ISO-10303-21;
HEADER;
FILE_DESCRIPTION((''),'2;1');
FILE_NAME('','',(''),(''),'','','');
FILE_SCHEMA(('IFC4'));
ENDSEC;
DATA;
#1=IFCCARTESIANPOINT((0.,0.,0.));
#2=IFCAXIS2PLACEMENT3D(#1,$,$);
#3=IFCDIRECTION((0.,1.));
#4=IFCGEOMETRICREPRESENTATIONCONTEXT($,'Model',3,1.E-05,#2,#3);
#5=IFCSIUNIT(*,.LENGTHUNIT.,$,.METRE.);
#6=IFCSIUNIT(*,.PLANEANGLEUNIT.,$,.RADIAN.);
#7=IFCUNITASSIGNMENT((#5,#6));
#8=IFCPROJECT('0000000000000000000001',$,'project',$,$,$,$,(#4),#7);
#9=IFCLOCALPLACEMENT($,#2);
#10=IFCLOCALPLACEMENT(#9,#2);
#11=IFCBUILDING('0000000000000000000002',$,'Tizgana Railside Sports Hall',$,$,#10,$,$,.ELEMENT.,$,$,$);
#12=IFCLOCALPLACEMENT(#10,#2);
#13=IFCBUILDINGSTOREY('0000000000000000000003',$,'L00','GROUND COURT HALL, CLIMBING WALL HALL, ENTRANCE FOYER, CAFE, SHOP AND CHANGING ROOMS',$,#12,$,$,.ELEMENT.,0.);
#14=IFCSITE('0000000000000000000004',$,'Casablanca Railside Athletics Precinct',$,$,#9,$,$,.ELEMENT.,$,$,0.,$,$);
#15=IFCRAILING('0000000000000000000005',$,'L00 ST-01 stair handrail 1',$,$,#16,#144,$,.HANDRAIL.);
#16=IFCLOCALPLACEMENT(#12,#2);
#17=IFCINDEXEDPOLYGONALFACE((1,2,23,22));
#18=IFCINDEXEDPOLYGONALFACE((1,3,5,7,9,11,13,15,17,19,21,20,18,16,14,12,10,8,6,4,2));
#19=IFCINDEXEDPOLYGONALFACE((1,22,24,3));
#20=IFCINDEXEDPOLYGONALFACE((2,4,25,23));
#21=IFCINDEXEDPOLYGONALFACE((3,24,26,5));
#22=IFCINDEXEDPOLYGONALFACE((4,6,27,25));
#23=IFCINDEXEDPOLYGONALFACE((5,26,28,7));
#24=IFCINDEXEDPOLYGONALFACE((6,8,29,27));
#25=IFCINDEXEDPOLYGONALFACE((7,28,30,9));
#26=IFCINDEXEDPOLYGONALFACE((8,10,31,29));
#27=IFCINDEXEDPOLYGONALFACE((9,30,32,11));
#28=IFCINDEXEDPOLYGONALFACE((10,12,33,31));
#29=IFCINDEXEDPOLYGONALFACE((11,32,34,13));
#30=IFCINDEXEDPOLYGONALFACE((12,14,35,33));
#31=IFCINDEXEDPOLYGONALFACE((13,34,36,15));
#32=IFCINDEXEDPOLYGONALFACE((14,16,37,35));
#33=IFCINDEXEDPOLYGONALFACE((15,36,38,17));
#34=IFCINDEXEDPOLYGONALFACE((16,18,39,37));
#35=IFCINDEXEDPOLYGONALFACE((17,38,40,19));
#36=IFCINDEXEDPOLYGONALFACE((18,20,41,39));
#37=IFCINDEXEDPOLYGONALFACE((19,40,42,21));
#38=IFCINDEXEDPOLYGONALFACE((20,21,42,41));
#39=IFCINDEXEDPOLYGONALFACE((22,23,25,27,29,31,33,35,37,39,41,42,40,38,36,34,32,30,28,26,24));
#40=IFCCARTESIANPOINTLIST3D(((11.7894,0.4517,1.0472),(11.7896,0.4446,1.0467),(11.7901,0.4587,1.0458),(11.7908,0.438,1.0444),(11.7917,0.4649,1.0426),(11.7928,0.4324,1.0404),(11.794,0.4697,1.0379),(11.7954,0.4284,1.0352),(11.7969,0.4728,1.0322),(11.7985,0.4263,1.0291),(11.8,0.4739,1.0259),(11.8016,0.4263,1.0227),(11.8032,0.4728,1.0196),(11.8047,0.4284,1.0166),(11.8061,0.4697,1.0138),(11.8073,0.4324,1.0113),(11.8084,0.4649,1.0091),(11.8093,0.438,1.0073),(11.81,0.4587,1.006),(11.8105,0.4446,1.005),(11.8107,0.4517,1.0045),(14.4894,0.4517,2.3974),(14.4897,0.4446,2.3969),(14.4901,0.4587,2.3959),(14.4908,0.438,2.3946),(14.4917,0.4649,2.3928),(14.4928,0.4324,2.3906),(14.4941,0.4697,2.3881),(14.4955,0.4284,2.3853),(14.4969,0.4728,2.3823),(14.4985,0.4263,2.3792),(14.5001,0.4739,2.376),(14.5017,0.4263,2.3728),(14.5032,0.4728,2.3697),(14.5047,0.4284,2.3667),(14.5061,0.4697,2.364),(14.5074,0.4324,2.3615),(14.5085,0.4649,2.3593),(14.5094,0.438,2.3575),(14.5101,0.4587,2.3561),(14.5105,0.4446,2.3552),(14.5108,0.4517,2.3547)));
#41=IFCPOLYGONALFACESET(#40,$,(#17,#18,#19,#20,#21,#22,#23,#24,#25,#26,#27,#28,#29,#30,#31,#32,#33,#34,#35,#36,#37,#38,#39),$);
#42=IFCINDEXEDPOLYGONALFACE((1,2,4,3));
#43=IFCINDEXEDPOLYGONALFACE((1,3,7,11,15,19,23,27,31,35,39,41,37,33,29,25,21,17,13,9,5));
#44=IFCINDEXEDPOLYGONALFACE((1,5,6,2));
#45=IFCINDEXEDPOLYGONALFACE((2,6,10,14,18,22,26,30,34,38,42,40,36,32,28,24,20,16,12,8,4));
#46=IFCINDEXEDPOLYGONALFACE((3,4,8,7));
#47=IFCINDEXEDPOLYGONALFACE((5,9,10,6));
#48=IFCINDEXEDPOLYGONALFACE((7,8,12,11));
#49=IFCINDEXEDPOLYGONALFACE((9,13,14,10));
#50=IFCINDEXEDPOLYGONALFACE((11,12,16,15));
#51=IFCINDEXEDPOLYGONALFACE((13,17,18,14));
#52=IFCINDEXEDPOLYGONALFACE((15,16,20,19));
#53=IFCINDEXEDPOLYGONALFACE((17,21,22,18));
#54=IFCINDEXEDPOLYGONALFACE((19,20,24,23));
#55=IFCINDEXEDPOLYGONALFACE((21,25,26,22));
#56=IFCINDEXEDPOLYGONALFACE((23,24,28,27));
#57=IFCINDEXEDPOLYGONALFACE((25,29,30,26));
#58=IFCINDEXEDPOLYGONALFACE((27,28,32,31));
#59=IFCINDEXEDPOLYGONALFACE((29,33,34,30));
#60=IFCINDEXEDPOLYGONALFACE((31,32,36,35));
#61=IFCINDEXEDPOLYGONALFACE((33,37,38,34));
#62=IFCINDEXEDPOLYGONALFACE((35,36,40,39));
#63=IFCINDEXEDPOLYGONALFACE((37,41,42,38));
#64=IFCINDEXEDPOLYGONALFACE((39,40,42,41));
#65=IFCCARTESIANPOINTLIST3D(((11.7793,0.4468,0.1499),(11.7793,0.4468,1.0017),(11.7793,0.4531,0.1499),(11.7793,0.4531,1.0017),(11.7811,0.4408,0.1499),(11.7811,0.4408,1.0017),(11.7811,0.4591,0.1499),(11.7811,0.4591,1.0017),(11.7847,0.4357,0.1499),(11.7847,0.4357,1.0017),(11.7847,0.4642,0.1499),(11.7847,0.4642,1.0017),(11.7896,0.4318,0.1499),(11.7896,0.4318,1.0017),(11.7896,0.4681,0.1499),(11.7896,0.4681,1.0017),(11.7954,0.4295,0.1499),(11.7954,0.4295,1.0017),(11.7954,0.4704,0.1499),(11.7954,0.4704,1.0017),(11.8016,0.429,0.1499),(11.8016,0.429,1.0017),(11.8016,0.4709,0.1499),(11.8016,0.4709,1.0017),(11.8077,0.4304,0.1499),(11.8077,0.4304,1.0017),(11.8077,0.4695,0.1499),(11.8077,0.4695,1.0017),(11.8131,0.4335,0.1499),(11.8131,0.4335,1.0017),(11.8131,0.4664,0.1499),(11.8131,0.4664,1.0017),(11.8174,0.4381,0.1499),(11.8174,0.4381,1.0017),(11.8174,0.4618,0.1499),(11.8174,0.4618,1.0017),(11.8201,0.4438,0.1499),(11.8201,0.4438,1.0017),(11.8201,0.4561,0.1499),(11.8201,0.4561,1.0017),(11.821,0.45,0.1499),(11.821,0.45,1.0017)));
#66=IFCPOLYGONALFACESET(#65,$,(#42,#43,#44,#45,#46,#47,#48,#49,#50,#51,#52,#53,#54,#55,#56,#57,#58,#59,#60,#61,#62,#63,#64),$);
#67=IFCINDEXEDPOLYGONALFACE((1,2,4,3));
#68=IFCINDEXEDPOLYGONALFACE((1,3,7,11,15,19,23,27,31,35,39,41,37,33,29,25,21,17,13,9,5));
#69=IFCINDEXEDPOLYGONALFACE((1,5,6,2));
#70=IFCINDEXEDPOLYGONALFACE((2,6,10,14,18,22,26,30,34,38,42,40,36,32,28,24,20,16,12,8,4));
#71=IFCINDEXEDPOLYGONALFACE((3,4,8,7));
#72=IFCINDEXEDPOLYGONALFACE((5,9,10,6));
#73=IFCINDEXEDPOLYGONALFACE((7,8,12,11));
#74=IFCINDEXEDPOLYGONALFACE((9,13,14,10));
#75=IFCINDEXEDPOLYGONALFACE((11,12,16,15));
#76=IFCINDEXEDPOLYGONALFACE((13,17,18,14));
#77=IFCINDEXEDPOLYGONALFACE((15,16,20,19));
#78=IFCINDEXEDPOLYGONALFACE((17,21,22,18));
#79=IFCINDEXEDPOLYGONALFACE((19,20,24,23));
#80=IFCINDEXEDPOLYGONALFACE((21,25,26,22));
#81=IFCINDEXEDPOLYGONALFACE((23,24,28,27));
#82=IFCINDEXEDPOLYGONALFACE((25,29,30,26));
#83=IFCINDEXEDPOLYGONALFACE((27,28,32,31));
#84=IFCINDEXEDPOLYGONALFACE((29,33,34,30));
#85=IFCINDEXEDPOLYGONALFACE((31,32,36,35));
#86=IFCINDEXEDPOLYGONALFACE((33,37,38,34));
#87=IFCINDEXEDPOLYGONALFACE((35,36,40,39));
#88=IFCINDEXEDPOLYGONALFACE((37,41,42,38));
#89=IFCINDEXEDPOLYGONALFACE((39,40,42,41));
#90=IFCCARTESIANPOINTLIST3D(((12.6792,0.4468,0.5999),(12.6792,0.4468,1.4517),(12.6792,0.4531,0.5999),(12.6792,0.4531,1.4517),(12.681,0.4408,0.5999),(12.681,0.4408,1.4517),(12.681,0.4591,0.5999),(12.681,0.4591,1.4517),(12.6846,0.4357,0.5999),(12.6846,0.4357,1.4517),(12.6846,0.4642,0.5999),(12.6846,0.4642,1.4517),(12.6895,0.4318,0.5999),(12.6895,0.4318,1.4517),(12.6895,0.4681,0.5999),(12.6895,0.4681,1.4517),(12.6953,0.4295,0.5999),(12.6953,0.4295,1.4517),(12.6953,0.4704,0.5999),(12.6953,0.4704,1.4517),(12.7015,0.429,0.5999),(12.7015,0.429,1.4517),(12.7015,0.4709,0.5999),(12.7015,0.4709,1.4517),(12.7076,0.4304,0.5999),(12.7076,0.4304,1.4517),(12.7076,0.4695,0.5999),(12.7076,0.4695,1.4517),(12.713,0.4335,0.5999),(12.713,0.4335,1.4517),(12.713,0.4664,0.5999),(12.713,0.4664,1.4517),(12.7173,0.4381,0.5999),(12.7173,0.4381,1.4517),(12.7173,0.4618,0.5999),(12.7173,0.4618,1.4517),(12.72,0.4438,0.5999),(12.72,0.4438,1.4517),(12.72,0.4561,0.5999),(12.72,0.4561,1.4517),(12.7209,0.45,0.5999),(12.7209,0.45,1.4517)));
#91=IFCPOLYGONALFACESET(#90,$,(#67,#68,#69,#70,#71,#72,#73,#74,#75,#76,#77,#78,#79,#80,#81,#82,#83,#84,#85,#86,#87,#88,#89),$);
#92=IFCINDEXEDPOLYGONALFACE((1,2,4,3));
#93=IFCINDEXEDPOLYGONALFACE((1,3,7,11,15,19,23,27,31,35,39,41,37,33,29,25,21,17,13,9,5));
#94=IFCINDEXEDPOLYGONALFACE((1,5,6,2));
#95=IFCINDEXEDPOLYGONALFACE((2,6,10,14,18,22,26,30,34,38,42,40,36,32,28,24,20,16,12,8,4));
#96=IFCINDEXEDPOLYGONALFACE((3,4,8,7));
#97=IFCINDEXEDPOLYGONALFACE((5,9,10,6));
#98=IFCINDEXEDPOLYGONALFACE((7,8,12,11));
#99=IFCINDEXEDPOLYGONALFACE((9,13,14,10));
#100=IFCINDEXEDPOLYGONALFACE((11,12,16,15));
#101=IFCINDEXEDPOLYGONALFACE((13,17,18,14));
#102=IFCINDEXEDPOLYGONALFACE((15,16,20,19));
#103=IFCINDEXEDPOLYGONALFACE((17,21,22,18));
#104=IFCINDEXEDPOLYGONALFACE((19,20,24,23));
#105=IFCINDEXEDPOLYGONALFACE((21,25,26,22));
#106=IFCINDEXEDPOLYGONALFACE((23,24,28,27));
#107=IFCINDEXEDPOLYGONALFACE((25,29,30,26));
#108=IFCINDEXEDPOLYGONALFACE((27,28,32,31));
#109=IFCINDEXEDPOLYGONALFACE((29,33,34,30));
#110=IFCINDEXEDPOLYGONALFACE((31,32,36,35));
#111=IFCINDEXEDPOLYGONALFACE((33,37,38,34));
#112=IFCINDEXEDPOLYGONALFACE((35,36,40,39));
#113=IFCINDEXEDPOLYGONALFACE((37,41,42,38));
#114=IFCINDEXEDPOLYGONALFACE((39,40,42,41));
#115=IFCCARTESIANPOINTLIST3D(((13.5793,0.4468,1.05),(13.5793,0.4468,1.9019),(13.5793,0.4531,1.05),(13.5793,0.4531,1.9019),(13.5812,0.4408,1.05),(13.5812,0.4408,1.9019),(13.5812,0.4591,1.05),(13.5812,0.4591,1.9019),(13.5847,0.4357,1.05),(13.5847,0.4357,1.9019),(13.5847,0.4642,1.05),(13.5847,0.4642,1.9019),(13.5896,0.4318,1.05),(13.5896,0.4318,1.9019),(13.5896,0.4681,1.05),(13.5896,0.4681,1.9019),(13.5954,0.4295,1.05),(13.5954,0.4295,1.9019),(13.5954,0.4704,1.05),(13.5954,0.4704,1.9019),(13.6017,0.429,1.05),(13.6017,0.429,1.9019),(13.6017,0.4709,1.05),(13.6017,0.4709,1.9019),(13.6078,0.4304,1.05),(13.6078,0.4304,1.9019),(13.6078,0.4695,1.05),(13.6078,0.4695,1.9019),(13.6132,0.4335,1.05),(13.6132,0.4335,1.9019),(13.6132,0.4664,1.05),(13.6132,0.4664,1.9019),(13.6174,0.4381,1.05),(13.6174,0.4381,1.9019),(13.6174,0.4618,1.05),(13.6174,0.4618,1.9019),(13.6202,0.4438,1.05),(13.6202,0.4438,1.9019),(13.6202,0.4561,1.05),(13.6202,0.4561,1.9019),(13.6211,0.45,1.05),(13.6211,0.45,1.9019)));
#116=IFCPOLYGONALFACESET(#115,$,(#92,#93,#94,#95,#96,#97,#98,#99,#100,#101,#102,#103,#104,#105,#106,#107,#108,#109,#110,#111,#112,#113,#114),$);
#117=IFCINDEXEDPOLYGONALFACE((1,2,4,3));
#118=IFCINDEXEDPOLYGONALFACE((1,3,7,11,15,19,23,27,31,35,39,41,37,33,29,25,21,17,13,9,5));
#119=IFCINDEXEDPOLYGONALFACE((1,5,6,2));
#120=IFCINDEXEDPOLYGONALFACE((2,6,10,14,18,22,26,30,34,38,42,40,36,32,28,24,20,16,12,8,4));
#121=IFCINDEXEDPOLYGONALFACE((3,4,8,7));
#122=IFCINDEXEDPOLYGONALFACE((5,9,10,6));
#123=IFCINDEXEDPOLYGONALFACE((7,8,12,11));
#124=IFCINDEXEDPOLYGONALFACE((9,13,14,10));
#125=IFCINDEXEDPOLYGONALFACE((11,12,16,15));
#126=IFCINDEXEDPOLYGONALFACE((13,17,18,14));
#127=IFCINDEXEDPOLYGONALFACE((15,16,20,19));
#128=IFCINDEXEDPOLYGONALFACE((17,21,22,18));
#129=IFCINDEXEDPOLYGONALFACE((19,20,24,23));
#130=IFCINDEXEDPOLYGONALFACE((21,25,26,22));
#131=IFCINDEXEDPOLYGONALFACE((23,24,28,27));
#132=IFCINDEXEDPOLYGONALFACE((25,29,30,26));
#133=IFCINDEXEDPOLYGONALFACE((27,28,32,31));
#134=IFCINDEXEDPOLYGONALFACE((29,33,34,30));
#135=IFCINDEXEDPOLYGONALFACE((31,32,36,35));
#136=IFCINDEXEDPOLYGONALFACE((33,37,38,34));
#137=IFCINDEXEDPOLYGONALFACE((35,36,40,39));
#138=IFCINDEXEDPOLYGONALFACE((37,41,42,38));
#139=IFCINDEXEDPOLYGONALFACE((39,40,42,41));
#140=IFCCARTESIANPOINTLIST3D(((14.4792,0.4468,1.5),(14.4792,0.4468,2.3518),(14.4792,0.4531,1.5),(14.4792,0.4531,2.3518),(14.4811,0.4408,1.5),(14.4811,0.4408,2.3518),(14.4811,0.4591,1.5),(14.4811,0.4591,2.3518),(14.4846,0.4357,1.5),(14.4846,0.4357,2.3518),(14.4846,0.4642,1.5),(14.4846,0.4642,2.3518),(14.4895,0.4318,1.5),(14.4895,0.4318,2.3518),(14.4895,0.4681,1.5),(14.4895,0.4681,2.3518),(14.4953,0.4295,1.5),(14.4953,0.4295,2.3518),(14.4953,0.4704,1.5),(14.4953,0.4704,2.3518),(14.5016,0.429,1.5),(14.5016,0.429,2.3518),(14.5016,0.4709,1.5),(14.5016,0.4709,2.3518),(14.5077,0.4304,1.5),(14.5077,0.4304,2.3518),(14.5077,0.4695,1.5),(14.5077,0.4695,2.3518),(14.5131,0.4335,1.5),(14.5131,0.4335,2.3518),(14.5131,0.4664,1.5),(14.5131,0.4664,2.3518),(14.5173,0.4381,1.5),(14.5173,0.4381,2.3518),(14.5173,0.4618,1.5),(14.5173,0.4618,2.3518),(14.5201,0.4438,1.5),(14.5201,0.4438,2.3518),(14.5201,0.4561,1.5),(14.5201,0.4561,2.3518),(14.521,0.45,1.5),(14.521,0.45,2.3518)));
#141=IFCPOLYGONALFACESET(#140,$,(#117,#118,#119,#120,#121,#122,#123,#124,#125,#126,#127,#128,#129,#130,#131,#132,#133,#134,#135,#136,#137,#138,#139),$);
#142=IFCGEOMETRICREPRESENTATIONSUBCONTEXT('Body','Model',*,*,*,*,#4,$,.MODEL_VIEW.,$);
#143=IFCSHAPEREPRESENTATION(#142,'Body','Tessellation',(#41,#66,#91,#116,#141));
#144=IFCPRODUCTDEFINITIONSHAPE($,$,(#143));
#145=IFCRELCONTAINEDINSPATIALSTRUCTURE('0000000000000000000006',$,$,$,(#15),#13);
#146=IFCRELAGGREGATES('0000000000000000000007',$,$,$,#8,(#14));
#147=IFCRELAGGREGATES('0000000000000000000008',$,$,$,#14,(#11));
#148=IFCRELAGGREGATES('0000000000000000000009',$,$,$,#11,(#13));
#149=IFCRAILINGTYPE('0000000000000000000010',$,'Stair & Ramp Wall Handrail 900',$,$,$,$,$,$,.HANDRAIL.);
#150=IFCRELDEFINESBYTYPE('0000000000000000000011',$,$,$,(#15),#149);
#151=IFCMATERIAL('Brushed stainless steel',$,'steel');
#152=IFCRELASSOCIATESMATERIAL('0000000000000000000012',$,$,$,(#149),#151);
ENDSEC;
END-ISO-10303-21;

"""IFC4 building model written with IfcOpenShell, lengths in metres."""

from ifc_helpers import new_model, si_unit, direction, frame, origin, origin_2d, place, context, subcontext, project, spatial, circle, extrude, material, type_object, element, save


model = new_model("IFC4")

# Units and contexts
model_context = context("Model", 3, precision=1e-05, world=origin(), true_north=direction((0.0, 1.0)))
body_context = subcontext(model_context, "Body", "Model", "MODEL_VIEW")
ifc_project = project(units=[si_unit("LENGTHUNIT", "METRE"), si_unit("PLANEANGLEUNIT", "RADIAN")], contexts=[model_context])

# Site, building, storey
site_placement = place(None, origin())
site = spatial("IfcSite", under=ifc_project, at=site_placement, Name="Casablanca Railside Athletics Precinct", CompositionType="ELEMENT", RefElevation=0.0)
building_placement = place(site_placement, origin())
building = spatial("IfcBuilding", under=site, at=building_placement, Name="Tizgana Railside Sports Hall", CompositionType="ELEMENT")
storey_placement = place(building_placement, origin())
storey = spatial("IfcBuildingStorey", under=building, at=storey_placement, Name="L00", Description="GROUND COURT HALL, CLIMBING WALL HALL, ENTRANCE FOYER, CAFE, SHOP AND CHANGING ROOMS", CompositionType="ELEMENT", Elevation=0.0)

# Railing
ifc_material_1 = material(Name="Brushed stainless steel", Category="steel")
railing_type_1 = type_object("IfcRailingType", Name="Stair & Ramp Wall Handrail 900", PredefinedType="HANDRAIL", material=ifc_material_1)
railing_1_placement = place(storey_placement, frame((11.8, 0.45, 0.1499)))
element("IfcRailing", 1, at=railing_1_placement, inside=storey, type_object=railing_type_1, Name="L00 ST-01 stair handrail 1", PredefinedType="HANDRAIL", context=body_context, shape_type="SweptSolid", body=[
    extrude(circle(Radius=0.0239, at=origin_2d()), frame((0.0, 0.0, 0.876), z_axis=(0.894411, 0.0, 0.447246), x_axis=(0.0, 1.0, 0.0)), (0.0, 0.0, 1.0), 3.0188),
    extrude(circle(Radius=0.021, at=origin_2d()), origin(), (0.0, 0.0, 1.0), 0.8518),
    extrude(circle(Radius=0.021, at=origin_2d()), frame((0.8999, 0.0, 0.45)), (0.0, 0.0, 1.0), 0.8518),
    extrude(circle(Radius=0.021, at=origin_2d()), frame((1.8, 0.0, 0.9001)), (0.0, 0.0, 1.0), 0.8518),
    extrude(circle(Radius=0.021, at=origin_2d()), frame((2.7, 0.0, 1.3501)), (0.0, 0.0, 1.0), 0.8518),
])

save(model, "model.ifc")
